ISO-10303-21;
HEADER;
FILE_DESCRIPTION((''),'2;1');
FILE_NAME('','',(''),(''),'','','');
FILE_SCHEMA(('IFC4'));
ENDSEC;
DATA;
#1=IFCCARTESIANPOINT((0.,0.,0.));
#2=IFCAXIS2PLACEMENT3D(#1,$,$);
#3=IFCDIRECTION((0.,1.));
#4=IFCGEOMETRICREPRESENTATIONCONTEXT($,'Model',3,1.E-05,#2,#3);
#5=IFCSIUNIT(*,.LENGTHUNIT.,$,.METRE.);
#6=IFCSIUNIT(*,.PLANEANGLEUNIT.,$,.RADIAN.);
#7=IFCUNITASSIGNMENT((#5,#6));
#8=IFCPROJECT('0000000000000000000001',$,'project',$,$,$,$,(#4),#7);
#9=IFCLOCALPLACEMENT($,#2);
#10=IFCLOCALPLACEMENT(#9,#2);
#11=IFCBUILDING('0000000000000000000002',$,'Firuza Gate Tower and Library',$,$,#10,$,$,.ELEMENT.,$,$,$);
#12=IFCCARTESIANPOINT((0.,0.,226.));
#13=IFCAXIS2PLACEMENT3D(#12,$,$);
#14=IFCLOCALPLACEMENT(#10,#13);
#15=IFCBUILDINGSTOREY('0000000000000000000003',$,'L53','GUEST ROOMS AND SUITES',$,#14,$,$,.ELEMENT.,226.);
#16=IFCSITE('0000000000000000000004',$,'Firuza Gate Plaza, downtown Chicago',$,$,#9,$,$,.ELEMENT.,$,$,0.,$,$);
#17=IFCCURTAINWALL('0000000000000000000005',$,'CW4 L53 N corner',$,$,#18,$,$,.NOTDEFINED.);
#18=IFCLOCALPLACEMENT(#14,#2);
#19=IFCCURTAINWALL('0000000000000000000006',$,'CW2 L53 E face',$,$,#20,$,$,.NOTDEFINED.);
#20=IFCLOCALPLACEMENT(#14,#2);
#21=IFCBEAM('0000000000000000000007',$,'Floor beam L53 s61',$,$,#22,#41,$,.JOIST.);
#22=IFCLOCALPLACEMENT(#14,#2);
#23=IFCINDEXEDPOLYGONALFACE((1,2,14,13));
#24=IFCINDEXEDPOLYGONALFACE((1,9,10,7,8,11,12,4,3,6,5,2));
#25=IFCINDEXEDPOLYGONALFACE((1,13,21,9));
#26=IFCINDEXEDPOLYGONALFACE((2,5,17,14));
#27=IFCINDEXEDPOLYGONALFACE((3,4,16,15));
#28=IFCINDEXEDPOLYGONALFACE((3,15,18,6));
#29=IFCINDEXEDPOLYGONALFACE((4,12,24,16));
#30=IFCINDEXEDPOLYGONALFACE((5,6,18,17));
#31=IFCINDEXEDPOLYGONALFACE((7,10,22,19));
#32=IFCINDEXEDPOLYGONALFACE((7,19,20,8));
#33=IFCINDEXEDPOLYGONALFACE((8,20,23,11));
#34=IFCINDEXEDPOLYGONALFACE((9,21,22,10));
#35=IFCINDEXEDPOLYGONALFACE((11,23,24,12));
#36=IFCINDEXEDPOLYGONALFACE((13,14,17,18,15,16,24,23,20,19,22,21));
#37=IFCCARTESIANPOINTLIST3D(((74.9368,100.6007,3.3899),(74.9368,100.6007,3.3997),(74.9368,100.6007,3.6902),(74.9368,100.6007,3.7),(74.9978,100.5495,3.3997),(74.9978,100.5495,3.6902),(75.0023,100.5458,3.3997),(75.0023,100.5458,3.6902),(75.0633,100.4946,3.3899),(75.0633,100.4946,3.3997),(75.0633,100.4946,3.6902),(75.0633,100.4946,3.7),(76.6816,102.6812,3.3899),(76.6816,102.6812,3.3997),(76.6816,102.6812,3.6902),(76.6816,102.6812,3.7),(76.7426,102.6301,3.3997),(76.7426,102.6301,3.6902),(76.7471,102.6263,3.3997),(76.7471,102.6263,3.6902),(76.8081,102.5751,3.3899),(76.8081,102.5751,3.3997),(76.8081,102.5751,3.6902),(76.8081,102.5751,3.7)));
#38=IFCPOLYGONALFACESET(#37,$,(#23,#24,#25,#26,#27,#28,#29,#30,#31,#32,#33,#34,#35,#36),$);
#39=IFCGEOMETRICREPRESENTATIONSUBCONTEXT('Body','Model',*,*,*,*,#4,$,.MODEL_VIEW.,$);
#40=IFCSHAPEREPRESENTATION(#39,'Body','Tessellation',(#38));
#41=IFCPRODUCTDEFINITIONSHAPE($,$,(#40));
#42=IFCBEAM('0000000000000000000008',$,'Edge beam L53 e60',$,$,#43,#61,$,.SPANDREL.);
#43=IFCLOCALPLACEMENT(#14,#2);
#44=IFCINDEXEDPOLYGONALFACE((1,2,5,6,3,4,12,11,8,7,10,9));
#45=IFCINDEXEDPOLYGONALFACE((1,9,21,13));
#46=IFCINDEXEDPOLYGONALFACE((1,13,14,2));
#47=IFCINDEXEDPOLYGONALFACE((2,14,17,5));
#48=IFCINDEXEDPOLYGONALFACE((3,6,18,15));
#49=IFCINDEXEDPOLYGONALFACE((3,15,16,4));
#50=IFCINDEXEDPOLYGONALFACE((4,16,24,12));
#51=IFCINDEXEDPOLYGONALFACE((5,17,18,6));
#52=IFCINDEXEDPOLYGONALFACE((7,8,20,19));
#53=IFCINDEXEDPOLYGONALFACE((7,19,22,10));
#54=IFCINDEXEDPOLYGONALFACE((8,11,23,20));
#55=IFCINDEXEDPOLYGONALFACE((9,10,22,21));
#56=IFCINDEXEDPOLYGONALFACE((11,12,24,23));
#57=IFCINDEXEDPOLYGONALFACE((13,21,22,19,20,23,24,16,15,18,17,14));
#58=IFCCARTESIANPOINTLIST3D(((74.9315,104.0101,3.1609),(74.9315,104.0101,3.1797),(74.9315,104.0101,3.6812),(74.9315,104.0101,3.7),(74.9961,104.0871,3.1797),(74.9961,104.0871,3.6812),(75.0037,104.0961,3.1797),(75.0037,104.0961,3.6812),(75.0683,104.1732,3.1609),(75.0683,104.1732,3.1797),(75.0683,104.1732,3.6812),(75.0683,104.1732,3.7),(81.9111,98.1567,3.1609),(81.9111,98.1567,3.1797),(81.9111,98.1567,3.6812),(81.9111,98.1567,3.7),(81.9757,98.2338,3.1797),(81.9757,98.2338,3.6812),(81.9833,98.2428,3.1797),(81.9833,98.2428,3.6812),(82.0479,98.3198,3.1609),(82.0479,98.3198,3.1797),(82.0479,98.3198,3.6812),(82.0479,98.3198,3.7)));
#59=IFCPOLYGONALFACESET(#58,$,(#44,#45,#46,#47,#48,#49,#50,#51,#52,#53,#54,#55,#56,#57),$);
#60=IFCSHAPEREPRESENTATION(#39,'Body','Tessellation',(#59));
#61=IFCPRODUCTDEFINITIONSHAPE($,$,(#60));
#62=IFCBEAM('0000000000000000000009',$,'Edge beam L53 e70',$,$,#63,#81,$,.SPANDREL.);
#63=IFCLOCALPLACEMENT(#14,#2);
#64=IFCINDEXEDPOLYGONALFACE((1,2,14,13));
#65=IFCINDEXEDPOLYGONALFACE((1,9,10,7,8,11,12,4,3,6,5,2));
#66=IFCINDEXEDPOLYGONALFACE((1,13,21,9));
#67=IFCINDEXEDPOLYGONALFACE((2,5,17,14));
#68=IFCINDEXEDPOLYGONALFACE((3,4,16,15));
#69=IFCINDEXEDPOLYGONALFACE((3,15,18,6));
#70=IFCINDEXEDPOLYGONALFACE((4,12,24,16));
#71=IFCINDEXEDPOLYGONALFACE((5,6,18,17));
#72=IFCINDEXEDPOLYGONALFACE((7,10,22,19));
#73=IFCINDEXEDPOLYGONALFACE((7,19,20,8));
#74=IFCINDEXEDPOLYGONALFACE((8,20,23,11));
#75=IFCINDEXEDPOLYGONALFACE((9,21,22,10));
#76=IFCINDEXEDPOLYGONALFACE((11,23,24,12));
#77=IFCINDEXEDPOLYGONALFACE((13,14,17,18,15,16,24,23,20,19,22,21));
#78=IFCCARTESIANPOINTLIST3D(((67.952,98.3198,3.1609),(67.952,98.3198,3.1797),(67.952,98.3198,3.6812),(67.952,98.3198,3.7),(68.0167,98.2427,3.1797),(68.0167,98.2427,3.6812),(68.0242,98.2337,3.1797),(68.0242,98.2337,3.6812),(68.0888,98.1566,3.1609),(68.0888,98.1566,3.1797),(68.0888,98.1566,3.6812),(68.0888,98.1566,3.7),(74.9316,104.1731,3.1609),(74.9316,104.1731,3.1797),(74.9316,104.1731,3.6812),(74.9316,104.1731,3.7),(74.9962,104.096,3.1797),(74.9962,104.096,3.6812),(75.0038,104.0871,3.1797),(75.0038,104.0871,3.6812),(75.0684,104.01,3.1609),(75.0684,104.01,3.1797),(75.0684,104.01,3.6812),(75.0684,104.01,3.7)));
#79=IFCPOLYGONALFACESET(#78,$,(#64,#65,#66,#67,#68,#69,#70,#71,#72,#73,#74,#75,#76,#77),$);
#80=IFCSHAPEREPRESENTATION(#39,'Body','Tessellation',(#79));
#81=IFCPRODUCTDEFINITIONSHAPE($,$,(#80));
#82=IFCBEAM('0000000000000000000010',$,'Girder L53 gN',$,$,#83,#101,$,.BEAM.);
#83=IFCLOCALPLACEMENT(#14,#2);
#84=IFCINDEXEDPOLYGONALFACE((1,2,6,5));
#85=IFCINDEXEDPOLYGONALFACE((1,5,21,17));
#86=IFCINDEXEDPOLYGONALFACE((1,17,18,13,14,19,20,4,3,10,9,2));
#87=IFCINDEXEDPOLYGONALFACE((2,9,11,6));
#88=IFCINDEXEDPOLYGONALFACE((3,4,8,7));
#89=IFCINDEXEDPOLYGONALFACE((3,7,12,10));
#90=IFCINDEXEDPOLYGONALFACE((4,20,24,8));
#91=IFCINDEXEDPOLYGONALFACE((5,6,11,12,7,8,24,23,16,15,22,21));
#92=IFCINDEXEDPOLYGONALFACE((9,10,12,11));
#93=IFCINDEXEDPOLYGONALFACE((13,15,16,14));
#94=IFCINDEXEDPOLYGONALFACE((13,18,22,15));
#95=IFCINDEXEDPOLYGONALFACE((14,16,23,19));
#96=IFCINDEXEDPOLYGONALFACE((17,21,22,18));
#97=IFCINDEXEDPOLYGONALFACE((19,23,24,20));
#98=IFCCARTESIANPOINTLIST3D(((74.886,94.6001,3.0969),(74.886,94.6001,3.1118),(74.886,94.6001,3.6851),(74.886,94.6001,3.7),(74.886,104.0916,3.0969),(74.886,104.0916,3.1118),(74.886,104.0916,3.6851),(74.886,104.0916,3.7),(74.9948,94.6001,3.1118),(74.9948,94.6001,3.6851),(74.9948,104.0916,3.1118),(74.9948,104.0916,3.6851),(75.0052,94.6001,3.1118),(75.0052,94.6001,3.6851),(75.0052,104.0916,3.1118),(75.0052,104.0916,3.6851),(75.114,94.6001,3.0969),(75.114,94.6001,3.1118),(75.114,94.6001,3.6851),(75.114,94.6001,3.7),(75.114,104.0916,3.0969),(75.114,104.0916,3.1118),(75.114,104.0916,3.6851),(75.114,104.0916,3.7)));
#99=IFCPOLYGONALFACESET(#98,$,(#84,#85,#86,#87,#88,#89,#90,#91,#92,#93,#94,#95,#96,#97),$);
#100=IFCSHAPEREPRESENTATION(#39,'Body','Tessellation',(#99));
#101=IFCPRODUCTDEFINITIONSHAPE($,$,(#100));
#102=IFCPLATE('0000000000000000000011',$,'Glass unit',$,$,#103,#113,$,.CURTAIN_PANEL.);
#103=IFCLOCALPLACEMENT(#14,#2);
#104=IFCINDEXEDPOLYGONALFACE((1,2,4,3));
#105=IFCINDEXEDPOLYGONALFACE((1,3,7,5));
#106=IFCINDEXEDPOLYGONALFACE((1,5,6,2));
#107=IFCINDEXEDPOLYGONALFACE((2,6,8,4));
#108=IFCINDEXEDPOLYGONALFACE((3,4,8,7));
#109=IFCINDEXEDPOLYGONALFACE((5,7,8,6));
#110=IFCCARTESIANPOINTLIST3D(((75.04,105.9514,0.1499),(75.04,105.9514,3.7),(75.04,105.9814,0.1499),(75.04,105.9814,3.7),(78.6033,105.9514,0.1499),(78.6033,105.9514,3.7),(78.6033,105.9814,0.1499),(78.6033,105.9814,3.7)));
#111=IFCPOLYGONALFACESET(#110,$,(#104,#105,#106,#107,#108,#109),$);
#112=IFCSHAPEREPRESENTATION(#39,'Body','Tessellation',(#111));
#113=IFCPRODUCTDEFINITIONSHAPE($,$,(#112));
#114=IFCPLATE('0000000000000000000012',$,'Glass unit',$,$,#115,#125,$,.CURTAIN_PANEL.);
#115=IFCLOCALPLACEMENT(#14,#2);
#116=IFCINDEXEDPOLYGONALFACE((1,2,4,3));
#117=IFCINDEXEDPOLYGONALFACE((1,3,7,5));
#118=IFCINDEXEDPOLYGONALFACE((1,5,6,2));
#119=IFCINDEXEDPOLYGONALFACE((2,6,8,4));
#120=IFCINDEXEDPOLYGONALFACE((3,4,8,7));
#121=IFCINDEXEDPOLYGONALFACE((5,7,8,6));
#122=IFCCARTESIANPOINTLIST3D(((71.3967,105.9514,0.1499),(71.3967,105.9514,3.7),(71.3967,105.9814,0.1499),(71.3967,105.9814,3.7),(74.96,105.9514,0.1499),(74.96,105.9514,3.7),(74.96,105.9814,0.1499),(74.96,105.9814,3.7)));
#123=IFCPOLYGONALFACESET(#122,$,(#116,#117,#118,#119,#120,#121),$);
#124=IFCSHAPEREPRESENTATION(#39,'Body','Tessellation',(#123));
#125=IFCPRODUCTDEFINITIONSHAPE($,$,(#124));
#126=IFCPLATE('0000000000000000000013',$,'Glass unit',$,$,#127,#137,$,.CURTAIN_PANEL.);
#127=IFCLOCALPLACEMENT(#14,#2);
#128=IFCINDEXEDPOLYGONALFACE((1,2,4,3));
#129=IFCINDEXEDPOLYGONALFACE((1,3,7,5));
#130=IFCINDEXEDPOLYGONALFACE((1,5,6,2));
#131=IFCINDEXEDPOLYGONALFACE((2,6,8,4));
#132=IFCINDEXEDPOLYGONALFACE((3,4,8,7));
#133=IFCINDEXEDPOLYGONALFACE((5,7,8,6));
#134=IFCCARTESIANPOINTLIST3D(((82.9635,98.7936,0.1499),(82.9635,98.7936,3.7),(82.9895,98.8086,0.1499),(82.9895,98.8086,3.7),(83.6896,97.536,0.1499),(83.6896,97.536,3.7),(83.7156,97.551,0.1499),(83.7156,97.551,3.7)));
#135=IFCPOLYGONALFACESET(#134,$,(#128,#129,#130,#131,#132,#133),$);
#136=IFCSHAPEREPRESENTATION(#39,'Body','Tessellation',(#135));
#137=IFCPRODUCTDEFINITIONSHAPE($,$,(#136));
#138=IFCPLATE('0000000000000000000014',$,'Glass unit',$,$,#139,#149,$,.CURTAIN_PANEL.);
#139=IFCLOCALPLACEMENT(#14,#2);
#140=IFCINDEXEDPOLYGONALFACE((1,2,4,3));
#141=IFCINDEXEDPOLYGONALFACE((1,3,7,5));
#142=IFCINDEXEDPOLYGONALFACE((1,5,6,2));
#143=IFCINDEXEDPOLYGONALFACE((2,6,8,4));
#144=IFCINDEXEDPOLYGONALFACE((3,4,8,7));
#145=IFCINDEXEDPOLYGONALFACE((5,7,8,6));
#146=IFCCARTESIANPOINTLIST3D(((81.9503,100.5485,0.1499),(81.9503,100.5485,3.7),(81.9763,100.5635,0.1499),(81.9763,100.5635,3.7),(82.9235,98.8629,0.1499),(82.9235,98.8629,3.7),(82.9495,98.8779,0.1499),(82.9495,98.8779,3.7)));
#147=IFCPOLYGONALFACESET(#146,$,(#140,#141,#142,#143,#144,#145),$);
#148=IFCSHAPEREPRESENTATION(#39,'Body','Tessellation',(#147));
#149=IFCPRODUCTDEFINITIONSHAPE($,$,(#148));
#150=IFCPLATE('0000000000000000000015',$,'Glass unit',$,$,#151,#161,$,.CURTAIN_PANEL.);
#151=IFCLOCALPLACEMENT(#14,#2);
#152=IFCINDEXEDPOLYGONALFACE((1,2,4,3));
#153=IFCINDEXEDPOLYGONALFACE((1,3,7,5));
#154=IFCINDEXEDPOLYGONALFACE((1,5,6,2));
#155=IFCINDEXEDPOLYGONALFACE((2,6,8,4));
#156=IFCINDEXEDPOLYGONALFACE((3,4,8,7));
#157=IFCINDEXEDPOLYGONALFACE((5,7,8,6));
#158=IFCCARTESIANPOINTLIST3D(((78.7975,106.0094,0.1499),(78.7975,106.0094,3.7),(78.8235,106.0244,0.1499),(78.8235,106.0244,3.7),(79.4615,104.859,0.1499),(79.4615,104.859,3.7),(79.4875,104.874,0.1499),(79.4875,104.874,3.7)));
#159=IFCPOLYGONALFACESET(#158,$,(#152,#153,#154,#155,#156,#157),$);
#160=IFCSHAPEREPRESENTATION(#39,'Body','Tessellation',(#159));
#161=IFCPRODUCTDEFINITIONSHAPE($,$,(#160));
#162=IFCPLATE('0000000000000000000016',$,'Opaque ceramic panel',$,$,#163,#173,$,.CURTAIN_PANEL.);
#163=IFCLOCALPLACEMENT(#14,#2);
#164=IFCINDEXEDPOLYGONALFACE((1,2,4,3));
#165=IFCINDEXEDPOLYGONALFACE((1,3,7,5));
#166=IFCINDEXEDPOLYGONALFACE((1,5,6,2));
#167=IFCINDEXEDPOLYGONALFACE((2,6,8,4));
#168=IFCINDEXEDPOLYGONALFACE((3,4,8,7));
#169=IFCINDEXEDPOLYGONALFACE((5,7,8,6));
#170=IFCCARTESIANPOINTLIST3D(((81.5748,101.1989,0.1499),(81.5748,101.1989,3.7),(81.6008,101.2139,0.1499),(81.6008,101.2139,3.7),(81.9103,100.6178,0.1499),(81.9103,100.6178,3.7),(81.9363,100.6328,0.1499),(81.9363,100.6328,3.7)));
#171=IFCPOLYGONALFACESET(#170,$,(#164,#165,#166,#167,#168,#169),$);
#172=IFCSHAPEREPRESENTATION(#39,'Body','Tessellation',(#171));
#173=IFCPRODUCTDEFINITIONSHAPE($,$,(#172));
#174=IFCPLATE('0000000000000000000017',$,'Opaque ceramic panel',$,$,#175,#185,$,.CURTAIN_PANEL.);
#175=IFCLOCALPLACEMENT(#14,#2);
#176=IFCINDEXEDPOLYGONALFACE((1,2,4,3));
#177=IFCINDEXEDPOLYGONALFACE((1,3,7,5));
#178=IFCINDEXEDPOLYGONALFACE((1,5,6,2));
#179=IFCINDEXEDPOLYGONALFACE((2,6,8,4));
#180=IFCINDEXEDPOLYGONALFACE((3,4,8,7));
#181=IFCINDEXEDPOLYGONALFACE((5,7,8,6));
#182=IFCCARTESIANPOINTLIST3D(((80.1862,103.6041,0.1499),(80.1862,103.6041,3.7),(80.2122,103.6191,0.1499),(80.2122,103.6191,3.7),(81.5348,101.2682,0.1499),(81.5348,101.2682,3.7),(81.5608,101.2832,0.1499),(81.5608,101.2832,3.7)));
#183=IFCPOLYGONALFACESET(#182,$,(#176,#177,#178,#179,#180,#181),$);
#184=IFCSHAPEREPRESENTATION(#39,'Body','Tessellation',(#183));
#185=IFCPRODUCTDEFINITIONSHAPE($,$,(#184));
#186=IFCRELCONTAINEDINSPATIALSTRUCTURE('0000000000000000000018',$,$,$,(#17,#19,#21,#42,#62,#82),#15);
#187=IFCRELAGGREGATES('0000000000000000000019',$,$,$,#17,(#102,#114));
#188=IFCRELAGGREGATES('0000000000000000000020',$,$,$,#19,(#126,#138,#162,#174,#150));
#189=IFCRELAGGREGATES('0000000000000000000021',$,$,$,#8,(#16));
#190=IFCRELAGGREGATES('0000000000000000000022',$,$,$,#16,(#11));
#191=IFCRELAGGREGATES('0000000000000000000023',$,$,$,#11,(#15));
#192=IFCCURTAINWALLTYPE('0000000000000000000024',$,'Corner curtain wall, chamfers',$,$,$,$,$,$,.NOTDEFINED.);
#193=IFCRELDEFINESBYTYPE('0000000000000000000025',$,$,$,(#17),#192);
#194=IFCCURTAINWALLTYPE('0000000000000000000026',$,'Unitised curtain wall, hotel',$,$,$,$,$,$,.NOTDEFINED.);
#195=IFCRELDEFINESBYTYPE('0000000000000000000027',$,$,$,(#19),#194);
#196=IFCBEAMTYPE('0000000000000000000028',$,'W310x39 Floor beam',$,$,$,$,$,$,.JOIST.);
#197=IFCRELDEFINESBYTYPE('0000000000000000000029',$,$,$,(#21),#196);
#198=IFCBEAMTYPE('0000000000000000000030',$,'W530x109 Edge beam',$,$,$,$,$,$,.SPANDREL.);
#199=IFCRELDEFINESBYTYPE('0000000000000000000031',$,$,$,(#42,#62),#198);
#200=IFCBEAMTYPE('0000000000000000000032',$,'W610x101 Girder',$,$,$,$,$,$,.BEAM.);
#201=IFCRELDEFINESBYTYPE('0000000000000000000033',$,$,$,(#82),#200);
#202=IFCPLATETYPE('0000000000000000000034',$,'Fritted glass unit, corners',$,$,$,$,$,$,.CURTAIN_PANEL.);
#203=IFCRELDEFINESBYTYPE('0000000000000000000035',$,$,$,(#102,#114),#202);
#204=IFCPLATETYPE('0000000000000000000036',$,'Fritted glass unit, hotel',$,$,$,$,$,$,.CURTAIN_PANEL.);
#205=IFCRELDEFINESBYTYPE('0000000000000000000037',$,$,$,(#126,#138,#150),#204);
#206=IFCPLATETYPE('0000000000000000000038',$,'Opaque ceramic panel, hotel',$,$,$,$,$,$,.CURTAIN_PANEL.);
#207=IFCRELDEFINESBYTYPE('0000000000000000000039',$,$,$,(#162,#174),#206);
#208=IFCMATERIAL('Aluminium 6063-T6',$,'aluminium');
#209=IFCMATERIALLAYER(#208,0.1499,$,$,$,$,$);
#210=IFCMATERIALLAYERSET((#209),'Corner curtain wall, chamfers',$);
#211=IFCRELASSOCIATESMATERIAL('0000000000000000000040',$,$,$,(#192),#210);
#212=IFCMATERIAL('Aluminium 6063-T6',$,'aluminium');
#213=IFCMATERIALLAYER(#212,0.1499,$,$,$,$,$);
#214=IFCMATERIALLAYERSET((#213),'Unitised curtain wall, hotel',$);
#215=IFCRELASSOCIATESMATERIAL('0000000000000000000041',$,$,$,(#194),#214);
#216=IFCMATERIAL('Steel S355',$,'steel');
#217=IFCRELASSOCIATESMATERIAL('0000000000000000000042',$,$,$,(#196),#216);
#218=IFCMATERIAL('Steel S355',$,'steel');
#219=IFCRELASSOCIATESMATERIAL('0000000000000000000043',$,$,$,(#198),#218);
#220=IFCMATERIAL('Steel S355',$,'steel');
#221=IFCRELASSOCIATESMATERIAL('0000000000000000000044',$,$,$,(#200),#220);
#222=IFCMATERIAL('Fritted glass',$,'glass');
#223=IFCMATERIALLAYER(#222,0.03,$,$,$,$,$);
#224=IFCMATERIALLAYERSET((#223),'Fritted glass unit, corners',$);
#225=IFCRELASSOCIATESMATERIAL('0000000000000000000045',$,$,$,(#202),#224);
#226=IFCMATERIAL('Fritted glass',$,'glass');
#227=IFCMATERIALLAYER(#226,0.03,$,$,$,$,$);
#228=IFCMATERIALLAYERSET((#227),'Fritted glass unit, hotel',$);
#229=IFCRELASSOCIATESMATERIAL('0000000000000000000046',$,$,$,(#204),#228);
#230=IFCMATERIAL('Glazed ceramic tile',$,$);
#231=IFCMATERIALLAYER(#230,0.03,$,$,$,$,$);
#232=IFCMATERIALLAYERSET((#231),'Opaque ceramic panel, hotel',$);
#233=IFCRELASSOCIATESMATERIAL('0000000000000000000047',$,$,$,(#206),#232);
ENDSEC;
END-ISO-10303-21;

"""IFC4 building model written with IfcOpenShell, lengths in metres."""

from ifc_helpers import new_model, si_unit, direction, frame, origin, origin_2d, place, context, subcontext, project, spatial, polyline, i_section, outline, extrude, material, layer, layer_set, material_profile, profile_set, type_object, element, aggregate, save


model = new_model("IFC4")

# Units and contexts
model_context = context("Model", 3, precision=1e-05, world=origin(), true_north=direction((0.0, 1.0)))
body_context = subcontext(model_context, "Body", "Model", "MODEL_VIEW")
ifc_project = project(units=[si_unit("LENGTHUNIT", "METRE"), si_unit("PLANEANGLEUNIT", "RADIAN")], contexts=[model_context])

# Site, building, storey
site_placement = place(None, origin())
site = spatial("IfcSite", under=ifc_project, at=site_placement, Name="Firuza Gate Plaza, downtown Chicago", CompositionType="ELEMENT", RefElevation=0.0)
building_placement = place(site_placement, origin())
building = spatial("IfcBuilding", under=site, at=building_placement, Name="Firuza Gate Tower and Library", CompositionType="ELEMENT")
storey_placement = place(building_placement, frame((0.0, 0.0, 226.0)))
storey = spatial("IfcBuildingStorey", under=building, at=storey_placement, Name="L53", Description="GUEST ROOMS AND SUITES", CompositionType="ELEMENT", Elevation=226.0)

# Curtain walls
ifc_material_1 = material(Name="Aluminium 6063-T6", Category="aluminium")
ifc_layer_1 = layer(ifc_material_1, 0.1499)
ifc_layer_set_1 = layer_set([ifc_layer_1], Name="Corner curtain wall, chamfers")
curtain_wall_type_1 = type_object("IfcCurtainWallType", Name="Corner curtain wall, chamfers", PredefinedType="NOTDEFINED", material=ifc_layer_set_1)
placement = place(storey_placement, origin())
curtain_wall_1 = element("IfcCurtainWall", 1, at=placement, inside=storey, type_object=curtain_wall_type_1, Name="CW4 L53 N corner", PredefinedType="NOTDEFINED")
ifc_material_2 = material(Name="Aluminium 6063-T6", Category="aluminium")
ifc_layer_2 = layer(ifc_material_2, 0.1499)
ifc_layer_set_2 = layer_set([ifc_layer_2], Name="Unitised curtain wall, hotel")
curtain_wall_type_2 = type_object("IfcCurtainWallType", Name="Unitised curtain wall, hotel", PredefinedType="NOTDEFINED", material=ifc_layer_set_2)
curtain_wall_2 = element("IfcCurtainWall", 2, at=placement, inside=storey, type_object=curtain_wall_type_2, Name="CW2 L53 E face", PredefinedType="NOTDEFINED")

# Beams
ifc_material_3 = material(Name="Steel S355", Category="steel")
ifc_material_profile_1 = material_profile(ifc_material_3, i_section(OverallWidth=0.165, OverallDepth=0.3101, WebThickness=0.0059, FlangeThickness=0.0098, at=origin_2d()))
ifc_profile_set_1 = profile_set([ifc_material_profile_1], Name="Steel S355")
beam_type_1 = type_object("IfcBeamType", Name="W310x39 Floor beam", PredefinedType="JOIST", material=ifc_profile_set_1)
beam_1_placement = place(storey_placement, frame((76.7449, 102.6282, 3.5449), z_axis=(-0.642587, -0.766213, 0.0), x_axis=(0.766213, -0.642587, 0.0)))
element("IfcBeam", 3, at=beam_1_placement, inside=storey, type_object=beam_type_1, Name="Floor beam L53 s61", PredefinedType="JOIST", context=body_context, shape_type="SweptSolid", body=[
    extrude(i_section(OverallWidth=0.165, OverallDepth=0.3101, WebThickness=0.0059, FlangeThickness=0.0098, at=origin_2d()), origin(), (0.0, 0.0, 1.0), 2.7153),
])
ifc_material_4 = material(Name="Steel S355", Category="steel")
ifc_material_profile_2 = material_profile(ifc_material_4, i_section(OverallWidth=0.2129, OverallDepth=0.5391, WebThickness=0.0117, FlangeThickness=0.0188, at=origin_2d()))
ifc_profile_set_2 = profile_set([ifc_material_profile_2], Name="Steel S355")
beam_type_2 = type_object("IfcBeamType", Name="W530x109 Edge beam", PredefinedType="SPANDREL", material=ifc_profile_set_2)
for number, where, z_axis, x_axis, name in (
    (4, (81.9795, 98.2383, 3.4304), (-0.766218, 0.64258, 0.0), (-0.64258, -0.766218, 0.0), "Edge beam L53 e60"),
    (5, (75.0, 104.0916, 3.4304), (-0.766218, -0.64258, 0.0), (0.64258, -0.766218, 0.0), "Edge beam L53 e70"),
):
    element("IfcBeam", number, at=place(storey_placement, frame(where, z_axis=z_axis, x_axis=x_axis)), inside=storey, type_object=beam_type_2, Name=name, PredefinedType="SPANDREL", context=body_context, shape_type="SweptSolid", body=[
        extrude(i_section(OverallWidth=0.2129, OverallDepth=0.5391, WebThickness=0.0117, FlangeThickness=0.0188, at=origin_2d()), origin(), (0.0, 0.0, 1.0), 9.1091),
    ])
ifc_material_5 = material(Name="Steel S355", Category="steel")
ifc_material_profile_3 = material_profile(ifc_material_5, i_section(OverallWidth=0.228, OverallDepth=0.603, WebThickness=0.0105, FlangeThickness=0.0149, at=origin_2d()))
ifc_profile_set_3 = profile_set([ifc_material_profile_3], Name="Steel S355")
beam_type_3 = type_object("IfcBeamType", Name="W610x101 Girder", PredefinedType="BEAM", material=ifc_profile_set_3)
beam_2_placement = place(storey_placement, frame((75.0, 104.0916, 3.3984), z_axis=(0.0, -1.0, 0.0), x_axis=(1.0, 0.0, 0.0)))
element("IfcBeam", 6, at=beam_2_placement, inside=storey, type_object=beam_type_3, Name="Girder L53 gN", PredefinedType="BEAM", context=body_context, shape_type="SweptSolid", body=[
    extrude(i_section(OverallWidth=0.228, OverallDepth=0.603, WebThickness=0.0105, FlangeThickness=0.0149, at=origin_2d()), origin(), (0.0, 0.0, 1.0), 9.4915),
])

# Plates
ifc_material_6 = material(Name="Fritted glass", Category="glass")
ifc_layer_3 = layer(ifc_material_6, 0.03)
ifc_layer_set_3 = layer_set([ifc_layer_3], Name="Fritted glass unit, corners")
plate_type_1 = type_object("IfcPlateType", Name="Fritted glass unit, corners", PredefinedType="CURTAIN_PANEL", material=ifc_layer_set_3)
plate_1_placement = place(storey_placement, frame((78.6033, 105.9814, 0.1499), z_axis=(0.0, 1.0, 0.0), x_axis=(-1.0, 0.0, 0.0)))
plate_1 = element("IfcPlate", 7, at=plate_1_placement, type_object=plate_type_1, Name="Glass unit", PredefinedType="CURTAIN_PANEL", context=body_context, shape_type="SweptSolid", body=[
    extrude(outline(polyline([(0.0, 0.0), (3.5632, 0.0), (3.5632, 3.55), (0.0, 3.55), (0.0, 0.0)])), origin(), (0.0, 0.0, -1.0), 0.03),
])
plate_2_placement = place(storey_placement, frame((74.96, 105.9814, 0.1499), z_axis=(0.0, 1.0, 0.0), x_axis=(-1.0, 0.0, 0.0)))
plate_2 = element("IfcPlate", 8, at=plate_2_placement, type_object=plate_type_1, Name="Glass unit", PredefinedType="CURTAIN_PANEL", context=body_context, shape_type="SweptSolid", body=[
    extrude(outline(polyline([(0.0, 0.0), (3.5632, 0.0), (3.5632, 3.55), (0.0, 3.55), (0.0, 0.0)])), origin(), (0.0, 0.0, -1.0), 0.03),
])
aggregate(curtain_wall_1, [plate_1, plate_2])
ifc_material_7 = material(Name="Fritted glass", Category="glass")
ifc_layer_4 = layer(ifc_material_7, 0.03)
ifc_layer_set_4 = layer_set([ifc_layer_4], Name="Fritted glass unit, hotel")
plate_type_2 = type_object("IfcPlateType", Name="Fritted glass unit, hotel", PredefinedType="CURTAIN_PANEL", material=ifc_layer_set_4)
plate_3_placement = place(storey_placement, frame((83.7156, 97.551, 0.1499), z_axis=(0.86602, 0.500009, 0.0), x_axis=(-0.500009, 0.86602, 0.0)))
plate_3 = element("IfcPlate", 9, at=plate_3_placement, type_object=plate_type_2, Name="Glass unit", PredefinedType="CURTAIN_PANEL", context=body_context, shape_type="SweptSolid", body=[
    extrude(outline(polyline([(0.0, 0.0), (1.4521, 0.0), (1.4521, 3.55), (0.0, 3.55), (0.0, 0.0)])), origin(), (0.0, 0.0, -1.0), 0.03),
])
plate_4_placement = place(storey_placement, frame((82.9495, 98.8779, 0.1499), z_axis=(0.866027, 0.499998, 0.0), x_axis=(-0.499998, 0.866027, 0.0)))
plate_4 = element("IfcPlate", 10, at=plate_4_placement, type_object=plate_type_2, Name="Glass unit", PredefinedType="CURTAIN_PANEL", context=body_context, shape_type="SweptSolid", body=[
    extrude(outline(polyline([(0.0, 0.0), (1.9463, 0.0), (1.9463, 3.55), (0.0, 3.55), (0.0, 0.0)])), origin(), (0.0, 0.0, -1.0), 0.03),
])
plate_5_placement = place(storey_placement, frame((79.4875, 104.874, 0.1499), z_axis=(0.866063, 0.499935, 0.0), x_axis=(-0.499935, 0.866063, 0.0)))
plate_5 = element("IfcPlate", 11, at=plate_5_placement, type_object=plate_type_2, Name="Glass unit", PredefinedType="CURTAIN_PANEL", context=body_context, shape_type="SweptSolid", body=[
    extrude(outline(polyline([(0.0, 0.0), (1.3283, 0.0), (1.3283, 3.55), (0.0, 3.55), (0.0, 0.0)])), origin(), (0.0, 0.0, -1.0), 0.03),
])
ifc_material_8 = material(Name="Glazed ceramic tile")
ifc_layer_5 = layer(ifc_material_8, 0.03)
ifc_layer_set_5 = layer_set([ifc_layer_5], Name="Opaque ceramic panel, hotel")
plate_type_3 = type_object("IfcPlateType", Name="Opaque ceramic panel, hotel", PredefinedType="CURTAIN_PANEL", material=ifc_layer_set_5)
plate_6_placement = place(storey_placement, frame((81.9363, 100.6328, 0.1499), z_axis=(0.86604, 0.499974, 0.0), x_axis=(-0.499974, 0.86604, 0.0)))
plate_6 = element("IfcPlate", 12, at=plate_6_placement, type_object=plate_type_3, Name="Opaque ceramic panel", PredefinedType="CURTAIN_PANEL", context=body_context, shape_type="SweptSolid", body=[
    extrude(outline(polyline([(0.0, 0.0), (0.6709, 0.0), (0.6709, 3.55), (0.0, 3.55), (0.0, 0.0)])), origin(), (0.0, 0.0, -1.0), 0.03),
])
plate_7_placement = place(storey_placement, frame((81.5608, 101.2832, 0.1499), z_axis=(0.866029, 0.499994, 0.0), x_axis=(-0.499994, 0.866029, 0.0)))
plate_7 = element("IfcPlate", 13, at=plate_7_placement, type_object=plate_type_3, Name="Opaque ceramic panel", PredefinedType="CURTAIN_PANEL", context=body_context, shape_type="SweptSolid", body=[
    extrude(outline(polyline([(0.0, 0.0), (2.6973, 0.0), (2.6973, 3.55), (0.0, 3.55), (0.0, 0.0)])), origin(), (0.0, 0.0, -1.0), 0.03),
])
aggregate(curtain_wall_2, [plate_3, plate_4, plate_6, plate_7, plate_5])

save(model, "model.ifc")
